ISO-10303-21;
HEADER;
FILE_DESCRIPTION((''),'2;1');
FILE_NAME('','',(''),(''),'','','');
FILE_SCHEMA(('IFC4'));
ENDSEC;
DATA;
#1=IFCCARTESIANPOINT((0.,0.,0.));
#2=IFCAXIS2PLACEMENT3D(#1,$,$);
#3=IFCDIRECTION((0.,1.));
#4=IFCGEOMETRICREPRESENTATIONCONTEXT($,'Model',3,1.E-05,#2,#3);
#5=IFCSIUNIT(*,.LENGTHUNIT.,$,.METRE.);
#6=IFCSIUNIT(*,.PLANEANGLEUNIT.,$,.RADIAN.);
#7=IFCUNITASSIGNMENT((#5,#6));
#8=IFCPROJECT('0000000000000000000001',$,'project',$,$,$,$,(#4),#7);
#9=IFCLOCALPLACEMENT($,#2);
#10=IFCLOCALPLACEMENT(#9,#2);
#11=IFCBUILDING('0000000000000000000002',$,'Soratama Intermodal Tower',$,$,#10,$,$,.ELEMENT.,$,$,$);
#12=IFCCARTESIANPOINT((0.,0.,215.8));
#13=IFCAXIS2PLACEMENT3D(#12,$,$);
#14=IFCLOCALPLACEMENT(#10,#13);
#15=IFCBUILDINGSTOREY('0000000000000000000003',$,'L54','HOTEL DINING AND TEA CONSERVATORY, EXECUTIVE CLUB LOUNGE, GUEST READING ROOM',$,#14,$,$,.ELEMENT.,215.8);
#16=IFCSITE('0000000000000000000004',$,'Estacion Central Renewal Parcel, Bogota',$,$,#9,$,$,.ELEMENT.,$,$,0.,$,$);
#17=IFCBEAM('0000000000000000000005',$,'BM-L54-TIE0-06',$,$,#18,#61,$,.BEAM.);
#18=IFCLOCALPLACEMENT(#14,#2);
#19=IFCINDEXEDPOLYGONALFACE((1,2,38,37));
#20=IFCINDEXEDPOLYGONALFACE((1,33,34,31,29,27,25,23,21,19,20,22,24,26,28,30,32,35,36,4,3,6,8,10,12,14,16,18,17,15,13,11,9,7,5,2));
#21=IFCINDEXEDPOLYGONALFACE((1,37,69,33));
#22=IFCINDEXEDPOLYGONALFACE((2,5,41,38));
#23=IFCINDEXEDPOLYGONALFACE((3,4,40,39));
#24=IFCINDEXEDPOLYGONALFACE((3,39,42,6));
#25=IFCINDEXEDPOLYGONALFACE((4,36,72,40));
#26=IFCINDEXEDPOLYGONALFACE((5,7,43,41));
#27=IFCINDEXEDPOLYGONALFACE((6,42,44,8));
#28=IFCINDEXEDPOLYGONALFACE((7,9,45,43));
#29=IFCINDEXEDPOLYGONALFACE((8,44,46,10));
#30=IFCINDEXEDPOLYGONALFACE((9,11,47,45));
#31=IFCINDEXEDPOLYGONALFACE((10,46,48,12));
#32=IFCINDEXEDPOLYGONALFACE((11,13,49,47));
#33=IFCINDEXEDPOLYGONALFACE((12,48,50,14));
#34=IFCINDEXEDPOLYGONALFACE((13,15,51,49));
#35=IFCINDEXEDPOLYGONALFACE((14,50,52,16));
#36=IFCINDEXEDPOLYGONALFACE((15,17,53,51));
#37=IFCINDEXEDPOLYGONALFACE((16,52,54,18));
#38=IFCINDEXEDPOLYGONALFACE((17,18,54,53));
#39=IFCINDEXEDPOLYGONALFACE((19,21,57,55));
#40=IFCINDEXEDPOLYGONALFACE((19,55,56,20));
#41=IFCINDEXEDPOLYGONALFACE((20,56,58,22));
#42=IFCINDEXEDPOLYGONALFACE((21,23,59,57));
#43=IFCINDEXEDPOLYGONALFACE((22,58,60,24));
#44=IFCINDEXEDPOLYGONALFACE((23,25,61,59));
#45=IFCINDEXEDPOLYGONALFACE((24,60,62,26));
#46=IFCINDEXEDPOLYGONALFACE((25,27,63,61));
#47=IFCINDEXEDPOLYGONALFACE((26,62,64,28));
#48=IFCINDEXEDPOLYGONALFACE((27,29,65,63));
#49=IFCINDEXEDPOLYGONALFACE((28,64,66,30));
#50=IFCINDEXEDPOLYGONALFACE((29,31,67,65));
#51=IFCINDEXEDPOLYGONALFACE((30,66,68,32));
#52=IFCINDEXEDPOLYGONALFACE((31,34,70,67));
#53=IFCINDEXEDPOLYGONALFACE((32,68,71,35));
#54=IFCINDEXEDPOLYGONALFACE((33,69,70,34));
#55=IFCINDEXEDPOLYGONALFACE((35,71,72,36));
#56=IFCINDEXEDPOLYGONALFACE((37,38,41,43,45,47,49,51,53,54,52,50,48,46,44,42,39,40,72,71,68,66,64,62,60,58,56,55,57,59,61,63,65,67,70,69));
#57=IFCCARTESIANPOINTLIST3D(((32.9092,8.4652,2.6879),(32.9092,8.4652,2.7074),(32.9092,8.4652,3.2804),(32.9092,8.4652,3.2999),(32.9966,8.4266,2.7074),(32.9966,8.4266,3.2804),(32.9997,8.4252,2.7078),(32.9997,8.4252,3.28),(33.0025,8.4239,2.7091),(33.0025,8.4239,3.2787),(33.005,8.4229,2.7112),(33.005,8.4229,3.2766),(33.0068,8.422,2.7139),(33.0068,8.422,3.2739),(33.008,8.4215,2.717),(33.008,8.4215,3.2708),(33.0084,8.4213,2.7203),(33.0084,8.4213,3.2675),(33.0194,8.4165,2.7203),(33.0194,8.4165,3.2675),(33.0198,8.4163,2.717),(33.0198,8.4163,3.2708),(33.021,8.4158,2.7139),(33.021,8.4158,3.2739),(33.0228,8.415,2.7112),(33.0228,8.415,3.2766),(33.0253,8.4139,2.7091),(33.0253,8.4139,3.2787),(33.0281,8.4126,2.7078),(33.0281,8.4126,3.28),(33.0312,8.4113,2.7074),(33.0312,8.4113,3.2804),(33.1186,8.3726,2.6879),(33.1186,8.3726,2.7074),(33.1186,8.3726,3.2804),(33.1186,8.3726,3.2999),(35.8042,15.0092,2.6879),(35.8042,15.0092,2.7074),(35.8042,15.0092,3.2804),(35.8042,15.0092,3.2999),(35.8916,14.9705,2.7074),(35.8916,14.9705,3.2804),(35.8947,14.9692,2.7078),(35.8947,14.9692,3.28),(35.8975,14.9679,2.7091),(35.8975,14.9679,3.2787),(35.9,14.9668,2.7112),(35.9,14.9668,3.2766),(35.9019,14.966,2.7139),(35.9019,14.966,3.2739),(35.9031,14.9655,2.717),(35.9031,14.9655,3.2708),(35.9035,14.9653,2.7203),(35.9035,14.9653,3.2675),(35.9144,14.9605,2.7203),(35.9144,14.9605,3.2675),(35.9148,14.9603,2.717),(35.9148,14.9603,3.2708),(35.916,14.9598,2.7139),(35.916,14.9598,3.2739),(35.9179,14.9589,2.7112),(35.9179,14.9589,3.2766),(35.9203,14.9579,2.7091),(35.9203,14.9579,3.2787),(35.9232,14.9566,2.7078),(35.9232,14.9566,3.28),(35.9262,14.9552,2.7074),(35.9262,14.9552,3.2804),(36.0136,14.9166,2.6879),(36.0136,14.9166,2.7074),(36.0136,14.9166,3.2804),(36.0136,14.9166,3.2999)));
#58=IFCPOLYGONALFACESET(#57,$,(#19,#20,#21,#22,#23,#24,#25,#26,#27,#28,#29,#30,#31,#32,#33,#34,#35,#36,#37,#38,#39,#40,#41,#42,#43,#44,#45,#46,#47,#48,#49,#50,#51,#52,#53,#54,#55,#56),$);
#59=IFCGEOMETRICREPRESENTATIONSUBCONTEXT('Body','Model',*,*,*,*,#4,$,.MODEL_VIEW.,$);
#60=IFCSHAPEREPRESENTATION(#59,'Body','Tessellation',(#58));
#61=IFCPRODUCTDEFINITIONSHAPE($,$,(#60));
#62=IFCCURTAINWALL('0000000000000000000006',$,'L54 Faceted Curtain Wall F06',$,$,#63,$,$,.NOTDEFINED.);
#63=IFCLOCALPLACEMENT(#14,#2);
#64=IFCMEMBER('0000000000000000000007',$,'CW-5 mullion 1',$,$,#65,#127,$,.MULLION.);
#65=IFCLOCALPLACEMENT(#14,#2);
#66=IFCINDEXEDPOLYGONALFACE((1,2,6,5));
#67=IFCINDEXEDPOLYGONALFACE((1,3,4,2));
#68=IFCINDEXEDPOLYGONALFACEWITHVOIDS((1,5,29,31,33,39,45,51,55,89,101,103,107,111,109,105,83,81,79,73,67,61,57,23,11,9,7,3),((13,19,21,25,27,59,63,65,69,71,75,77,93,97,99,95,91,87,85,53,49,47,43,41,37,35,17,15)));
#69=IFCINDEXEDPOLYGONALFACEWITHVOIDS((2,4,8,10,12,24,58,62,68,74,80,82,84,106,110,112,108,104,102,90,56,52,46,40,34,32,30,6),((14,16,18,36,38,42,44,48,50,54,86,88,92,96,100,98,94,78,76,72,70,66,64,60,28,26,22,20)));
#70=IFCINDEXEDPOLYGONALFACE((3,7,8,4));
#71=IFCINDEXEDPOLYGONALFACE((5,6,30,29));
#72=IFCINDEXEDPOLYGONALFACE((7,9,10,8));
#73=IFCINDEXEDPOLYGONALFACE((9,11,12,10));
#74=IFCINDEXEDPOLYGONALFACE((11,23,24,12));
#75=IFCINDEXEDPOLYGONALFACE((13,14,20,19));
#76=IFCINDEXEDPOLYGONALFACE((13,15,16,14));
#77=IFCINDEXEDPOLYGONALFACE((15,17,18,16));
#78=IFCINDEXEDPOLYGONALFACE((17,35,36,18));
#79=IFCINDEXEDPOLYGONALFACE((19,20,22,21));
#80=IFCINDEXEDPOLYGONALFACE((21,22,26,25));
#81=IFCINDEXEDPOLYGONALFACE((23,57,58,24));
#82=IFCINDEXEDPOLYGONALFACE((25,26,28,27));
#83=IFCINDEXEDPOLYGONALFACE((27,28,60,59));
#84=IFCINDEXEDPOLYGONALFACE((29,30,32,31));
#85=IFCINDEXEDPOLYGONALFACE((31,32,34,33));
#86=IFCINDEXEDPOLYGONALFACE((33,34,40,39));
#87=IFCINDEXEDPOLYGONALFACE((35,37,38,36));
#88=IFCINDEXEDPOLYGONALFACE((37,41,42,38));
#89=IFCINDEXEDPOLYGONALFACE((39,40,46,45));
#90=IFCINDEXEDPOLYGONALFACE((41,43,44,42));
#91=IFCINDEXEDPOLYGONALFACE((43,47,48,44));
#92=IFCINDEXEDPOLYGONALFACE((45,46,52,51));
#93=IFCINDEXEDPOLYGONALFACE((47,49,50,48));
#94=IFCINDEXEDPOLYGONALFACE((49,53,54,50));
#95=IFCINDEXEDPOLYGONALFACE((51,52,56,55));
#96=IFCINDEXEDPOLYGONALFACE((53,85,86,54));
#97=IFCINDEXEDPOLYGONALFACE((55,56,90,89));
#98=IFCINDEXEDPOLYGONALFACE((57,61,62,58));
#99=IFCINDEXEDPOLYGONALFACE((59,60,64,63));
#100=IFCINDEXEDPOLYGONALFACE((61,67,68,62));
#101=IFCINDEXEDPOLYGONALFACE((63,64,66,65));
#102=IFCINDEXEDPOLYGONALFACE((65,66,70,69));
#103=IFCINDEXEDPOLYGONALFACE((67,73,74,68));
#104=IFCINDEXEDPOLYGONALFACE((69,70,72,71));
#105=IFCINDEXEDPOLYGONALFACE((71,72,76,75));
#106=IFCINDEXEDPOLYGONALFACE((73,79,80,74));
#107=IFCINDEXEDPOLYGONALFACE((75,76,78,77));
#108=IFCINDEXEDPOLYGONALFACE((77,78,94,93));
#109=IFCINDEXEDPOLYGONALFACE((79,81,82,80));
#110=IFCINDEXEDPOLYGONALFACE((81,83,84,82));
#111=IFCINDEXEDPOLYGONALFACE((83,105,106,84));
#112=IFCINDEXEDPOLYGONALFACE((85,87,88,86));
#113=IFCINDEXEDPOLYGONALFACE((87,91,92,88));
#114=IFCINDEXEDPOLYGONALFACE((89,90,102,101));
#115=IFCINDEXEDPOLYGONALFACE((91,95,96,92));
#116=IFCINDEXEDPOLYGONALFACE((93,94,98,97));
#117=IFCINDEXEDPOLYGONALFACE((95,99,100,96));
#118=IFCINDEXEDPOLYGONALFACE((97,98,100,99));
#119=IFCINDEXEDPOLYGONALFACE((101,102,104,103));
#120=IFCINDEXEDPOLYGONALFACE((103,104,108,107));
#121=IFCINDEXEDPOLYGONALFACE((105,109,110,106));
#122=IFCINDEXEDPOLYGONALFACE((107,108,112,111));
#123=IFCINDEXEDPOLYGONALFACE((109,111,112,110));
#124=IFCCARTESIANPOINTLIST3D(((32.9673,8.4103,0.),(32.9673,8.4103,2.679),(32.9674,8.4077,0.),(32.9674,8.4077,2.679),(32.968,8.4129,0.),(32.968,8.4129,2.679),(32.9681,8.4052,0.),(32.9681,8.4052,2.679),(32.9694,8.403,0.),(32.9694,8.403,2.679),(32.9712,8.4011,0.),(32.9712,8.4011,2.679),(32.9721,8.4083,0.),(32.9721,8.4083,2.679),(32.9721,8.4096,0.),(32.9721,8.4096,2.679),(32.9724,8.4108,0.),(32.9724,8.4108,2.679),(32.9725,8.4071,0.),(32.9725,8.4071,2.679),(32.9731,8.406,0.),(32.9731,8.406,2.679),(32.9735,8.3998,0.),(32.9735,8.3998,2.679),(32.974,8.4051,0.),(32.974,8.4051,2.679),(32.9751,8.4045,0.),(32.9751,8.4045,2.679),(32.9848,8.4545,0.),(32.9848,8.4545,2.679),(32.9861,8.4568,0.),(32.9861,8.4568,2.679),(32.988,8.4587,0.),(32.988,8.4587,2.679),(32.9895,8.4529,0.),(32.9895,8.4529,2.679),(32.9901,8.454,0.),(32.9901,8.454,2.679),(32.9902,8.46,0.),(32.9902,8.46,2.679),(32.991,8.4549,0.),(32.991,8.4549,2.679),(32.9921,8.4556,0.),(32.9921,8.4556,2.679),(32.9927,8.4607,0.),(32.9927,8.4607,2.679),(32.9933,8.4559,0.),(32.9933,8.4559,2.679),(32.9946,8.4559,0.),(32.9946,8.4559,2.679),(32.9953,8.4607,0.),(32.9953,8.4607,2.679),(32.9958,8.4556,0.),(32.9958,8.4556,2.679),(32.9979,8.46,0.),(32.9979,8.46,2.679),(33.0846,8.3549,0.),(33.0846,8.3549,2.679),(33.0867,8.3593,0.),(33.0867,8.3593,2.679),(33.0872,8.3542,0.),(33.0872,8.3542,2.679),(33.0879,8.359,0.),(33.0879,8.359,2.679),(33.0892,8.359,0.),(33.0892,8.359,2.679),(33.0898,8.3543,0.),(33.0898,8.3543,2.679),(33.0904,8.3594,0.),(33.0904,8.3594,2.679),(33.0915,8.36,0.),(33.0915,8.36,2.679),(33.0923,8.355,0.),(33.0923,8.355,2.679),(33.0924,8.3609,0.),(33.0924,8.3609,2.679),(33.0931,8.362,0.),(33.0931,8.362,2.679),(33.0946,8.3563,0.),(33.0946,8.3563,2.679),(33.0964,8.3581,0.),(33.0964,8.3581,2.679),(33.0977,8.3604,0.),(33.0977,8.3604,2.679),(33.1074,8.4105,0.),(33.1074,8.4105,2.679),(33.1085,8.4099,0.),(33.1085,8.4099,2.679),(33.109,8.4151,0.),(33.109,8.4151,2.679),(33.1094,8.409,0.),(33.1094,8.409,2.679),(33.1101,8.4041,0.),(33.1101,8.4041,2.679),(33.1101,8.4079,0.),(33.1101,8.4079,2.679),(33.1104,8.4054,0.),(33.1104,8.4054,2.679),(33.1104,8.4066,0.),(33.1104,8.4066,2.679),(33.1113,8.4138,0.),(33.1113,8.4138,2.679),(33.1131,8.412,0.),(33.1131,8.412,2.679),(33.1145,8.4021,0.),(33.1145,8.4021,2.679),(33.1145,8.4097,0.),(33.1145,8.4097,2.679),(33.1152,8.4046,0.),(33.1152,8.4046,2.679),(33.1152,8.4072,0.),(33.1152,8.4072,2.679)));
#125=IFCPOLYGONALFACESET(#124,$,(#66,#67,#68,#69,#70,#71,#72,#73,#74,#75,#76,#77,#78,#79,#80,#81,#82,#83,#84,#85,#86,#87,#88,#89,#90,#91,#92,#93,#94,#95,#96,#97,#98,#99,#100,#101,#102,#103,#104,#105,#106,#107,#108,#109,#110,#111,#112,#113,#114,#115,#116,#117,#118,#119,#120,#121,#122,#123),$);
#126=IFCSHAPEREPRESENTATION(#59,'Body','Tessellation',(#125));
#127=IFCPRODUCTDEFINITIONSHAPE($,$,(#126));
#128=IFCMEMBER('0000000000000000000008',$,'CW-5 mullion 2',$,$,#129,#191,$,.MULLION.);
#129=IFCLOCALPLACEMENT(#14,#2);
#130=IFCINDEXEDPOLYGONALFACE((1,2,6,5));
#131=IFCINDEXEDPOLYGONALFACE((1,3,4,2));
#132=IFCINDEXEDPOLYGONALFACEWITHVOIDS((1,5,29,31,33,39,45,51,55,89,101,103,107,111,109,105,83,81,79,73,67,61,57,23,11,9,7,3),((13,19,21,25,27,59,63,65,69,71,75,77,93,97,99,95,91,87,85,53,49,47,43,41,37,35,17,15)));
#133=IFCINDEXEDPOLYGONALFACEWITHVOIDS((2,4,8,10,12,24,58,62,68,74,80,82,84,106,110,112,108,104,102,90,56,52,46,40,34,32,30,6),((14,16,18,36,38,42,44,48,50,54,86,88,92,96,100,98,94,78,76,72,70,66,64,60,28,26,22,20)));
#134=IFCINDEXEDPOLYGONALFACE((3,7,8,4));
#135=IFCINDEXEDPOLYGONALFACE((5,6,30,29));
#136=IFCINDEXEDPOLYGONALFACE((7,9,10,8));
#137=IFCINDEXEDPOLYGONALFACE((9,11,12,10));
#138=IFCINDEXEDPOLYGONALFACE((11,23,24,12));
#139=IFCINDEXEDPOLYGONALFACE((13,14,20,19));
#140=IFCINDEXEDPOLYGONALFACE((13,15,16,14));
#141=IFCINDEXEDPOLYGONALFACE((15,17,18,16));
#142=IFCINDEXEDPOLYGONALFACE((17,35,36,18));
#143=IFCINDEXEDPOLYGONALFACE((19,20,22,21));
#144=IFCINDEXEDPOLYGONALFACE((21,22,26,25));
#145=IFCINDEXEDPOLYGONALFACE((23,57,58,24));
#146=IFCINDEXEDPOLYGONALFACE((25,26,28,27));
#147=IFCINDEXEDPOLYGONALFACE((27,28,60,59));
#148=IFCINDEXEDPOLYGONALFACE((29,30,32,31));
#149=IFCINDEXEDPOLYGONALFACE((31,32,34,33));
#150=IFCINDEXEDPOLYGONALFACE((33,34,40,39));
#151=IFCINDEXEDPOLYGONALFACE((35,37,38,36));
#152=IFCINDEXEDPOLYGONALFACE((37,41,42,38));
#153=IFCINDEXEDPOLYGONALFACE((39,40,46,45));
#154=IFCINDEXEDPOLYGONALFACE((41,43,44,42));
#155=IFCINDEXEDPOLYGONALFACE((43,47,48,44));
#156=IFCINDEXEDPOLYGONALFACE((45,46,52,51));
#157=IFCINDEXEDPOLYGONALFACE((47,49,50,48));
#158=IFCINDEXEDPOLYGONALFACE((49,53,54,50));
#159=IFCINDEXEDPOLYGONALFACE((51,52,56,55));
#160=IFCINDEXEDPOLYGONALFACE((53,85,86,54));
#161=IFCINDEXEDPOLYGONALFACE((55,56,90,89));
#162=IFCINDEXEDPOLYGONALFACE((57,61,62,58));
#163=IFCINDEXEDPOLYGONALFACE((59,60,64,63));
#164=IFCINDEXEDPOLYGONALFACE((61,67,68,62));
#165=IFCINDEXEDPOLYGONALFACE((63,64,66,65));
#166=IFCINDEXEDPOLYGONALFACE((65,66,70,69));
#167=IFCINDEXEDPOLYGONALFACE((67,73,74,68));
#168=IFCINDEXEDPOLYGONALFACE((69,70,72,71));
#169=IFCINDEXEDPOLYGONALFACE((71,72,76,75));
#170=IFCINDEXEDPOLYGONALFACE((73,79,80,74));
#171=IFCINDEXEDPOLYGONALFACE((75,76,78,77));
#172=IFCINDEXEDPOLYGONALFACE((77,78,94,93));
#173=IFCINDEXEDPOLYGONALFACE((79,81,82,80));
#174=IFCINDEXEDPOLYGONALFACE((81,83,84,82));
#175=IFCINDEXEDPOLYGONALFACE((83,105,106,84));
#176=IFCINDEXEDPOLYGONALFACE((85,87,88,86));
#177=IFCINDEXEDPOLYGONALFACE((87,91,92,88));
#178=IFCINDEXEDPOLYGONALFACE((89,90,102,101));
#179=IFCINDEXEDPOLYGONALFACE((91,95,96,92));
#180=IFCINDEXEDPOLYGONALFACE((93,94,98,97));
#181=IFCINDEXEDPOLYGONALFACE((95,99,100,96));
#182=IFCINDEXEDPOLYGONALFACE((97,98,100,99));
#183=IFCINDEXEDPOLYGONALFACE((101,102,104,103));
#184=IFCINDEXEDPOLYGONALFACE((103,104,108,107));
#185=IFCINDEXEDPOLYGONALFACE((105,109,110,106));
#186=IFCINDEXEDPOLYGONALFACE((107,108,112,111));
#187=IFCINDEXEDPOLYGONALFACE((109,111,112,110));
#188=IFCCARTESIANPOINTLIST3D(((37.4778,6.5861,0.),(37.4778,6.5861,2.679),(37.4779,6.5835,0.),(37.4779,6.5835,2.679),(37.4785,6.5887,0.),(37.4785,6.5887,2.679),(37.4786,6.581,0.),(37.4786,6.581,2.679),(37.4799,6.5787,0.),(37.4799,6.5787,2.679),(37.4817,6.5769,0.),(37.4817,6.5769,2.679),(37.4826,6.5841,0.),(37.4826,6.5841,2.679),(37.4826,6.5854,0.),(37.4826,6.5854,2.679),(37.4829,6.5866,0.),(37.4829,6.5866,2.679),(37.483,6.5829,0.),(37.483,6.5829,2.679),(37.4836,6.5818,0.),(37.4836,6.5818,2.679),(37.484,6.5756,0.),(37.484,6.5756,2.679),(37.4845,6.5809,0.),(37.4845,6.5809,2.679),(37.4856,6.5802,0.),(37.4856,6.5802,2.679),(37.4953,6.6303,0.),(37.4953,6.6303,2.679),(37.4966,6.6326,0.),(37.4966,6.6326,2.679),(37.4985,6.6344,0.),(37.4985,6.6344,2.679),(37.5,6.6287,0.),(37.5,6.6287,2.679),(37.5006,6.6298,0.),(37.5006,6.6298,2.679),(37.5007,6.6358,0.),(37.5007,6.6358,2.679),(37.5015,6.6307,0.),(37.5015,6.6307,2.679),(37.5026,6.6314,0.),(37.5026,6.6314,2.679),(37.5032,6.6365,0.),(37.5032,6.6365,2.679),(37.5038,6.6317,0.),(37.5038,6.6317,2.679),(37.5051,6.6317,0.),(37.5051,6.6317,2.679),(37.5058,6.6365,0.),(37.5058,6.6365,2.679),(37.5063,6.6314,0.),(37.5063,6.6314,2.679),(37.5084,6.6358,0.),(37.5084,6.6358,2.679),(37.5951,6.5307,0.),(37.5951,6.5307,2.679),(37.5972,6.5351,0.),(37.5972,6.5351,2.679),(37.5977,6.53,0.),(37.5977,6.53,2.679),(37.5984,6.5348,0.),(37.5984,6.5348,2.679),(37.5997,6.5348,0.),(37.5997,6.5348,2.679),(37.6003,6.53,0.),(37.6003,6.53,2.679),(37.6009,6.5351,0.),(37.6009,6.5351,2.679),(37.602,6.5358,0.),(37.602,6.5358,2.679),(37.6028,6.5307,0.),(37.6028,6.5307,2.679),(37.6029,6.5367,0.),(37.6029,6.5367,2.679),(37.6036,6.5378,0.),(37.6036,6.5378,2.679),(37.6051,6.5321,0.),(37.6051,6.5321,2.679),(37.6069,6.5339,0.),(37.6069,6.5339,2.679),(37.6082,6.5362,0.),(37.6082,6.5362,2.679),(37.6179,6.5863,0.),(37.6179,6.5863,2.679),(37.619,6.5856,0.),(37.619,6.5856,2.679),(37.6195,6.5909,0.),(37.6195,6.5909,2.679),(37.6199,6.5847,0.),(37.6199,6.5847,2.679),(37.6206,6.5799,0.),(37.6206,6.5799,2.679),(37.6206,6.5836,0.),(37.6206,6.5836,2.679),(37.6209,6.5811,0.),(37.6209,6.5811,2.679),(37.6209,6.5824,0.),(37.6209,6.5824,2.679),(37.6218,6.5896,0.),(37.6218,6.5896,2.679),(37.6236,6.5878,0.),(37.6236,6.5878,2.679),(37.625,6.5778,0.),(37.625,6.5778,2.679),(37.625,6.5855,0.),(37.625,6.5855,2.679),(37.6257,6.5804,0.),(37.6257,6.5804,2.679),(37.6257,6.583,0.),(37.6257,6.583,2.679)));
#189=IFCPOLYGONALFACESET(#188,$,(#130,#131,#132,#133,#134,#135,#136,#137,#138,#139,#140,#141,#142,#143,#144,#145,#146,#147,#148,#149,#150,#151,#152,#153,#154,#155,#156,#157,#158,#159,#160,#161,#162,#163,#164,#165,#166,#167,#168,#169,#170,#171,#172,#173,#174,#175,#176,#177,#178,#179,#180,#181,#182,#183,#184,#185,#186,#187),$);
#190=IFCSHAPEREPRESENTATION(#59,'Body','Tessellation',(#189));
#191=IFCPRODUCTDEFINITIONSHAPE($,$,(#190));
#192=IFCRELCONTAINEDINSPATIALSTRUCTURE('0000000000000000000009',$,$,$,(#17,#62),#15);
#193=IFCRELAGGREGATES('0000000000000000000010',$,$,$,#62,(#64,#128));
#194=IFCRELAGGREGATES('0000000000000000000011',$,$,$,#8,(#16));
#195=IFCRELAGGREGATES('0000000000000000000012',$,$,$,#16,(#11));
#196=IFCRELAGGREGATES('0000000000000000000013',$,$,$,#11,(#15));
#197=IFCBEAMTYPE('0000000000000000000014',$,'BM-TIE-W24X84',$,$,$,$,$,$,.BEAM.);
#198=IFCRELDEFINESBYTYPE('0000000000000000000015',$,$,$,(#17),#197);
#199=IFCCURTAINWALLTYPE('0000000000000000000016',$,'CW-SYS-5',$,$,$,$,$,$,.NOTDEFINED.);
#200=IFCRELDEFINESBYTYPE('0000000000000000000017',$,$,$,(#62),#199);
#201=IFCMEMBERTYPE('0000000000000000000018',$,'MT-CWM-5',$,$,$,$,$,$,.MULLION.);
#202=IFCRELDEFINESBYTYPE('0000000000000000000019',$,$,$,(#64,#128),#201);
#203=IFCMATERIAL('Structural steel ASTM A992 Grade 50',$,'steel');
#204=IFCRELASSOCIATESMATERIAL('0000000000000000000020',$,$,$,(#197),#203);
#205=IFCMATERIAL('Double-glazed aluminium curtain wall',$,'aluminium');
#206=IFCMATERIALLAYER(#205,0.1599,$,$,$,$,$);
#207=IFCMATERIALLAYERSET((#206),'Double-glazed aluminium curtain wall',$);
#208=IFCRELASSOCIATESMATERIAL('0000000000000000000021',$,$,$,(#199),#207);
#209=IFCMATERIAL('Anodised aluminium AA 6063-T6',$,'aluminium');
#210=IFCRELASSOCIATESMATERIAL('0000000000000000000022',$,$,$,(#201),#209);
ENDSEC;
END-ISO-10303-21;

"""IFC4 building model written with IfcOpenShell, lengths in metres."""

from ifc_helpers import new_model, si_unit, direction, frame, origin, origin_2d, place, context, subcontext, project, spatial, hollow_rectangle, i_section, extrude, material, layer, layer_set, material_profile, profile_set, type_object, element, aggregate, save


model = new_model("IFC4")

# Units and contexts
model_context = context("Model", 3, precision=1e-05, world=origin(), true_north=direction((0.0, 1.0)))
body_context = subcontext(model_context, "Body", "Model", "MODEL_VIEW")
ifc_project = project(units=[si_unit("LENGTHUNIT", "METRE"), si_unit("PLANEANGLEUNIT", "RADIAN")], contexts=[model_context])

# Site, building, storey
site_placement = place(None, origin())
site = spatial("IfcSite", under=ifc_project, at=site_placement, Name="Estacion Central Renewal Parcel, Bogota", CompositionType="ELEMENT", RefElevation=0.0)
building_placement = place(site_placement, origin())
building = spatial("IfcBuilding", under=site, at=building_placement, Name="Soratama Intermodal Tower", CompositionType="ELEMENT")
storey_placement = place(building_placement, frame((0.0, 0.0, 215.8)))
storey = spatial("IfcBuildingStorey", under=building, at=storey_placement, Name="L54", Description="HOTEL DINING AND TEA CONSERVATORY, EXECUTIVE CLUB LOUNGE, GUEST READING ROOM", CompositionType="ELEMENT", Elevation=215.8)

# Beam
ifc_material_1 = material(Name="Structural steel ASTM A992 Grade 50", Category="steel")
ifc_material_profile_1 = material_profile(ifc_material_1, i_section(OverallWidth=0.229, OverallDepth=0.6121, WebThickness=0.012, FlangeThickness=0.0195, FilletRadius=0.0129, at=origin_2d()), Name="W24X84")
ifc_profile_set_1 = profile_set([ifc_material_profile_1], Name="Structural steel ASTM A992 Grade 50")
beam_type_1 = type_object("IfcBeamType", Name="BM-TIE-W24X84", PredefinedType="BEAM", material=ifc_profile_set_1)
beam_1_placement = place(storey_placement, frame((35.9089, 14.9629, 2.9939), z_axis=(-0.404574, -0.914505, 0.0), x_axis=(0.914505, -0.404574, 0.0)))
element("IfcBeam", 1, at=beam_1_placement, inside=storey, type_object=beam_type_1, Name="BM-L54-TIE0-06", PredefinedType="BEAM", context=body_context, shape_type="SweptSolid", body=[
    extrude(i_section(OverallWidth=0.229, OverallDepth=0.6121, WebThickness=0.012, FlangeThickness=0.0195, FilletRadius=0.0129, at=origin_2d()), origin(), (0.0, 0.0, 1.0), 7.1558),
])

# Curtain wall, members
ifc_material_2 = material(Name="Double-glazed aluminium curtain wall", Category="aluminium")
ifc_layer_1 = layer(ifc_material_2, 0.1599)
ifc_layer_set_1 = layer_set([ifc_layer_1], Name="Double-glazed aluminium curtain wall")
curtain_wall_type = type_object("IfcCurtainWallType", Name="CW-SYS-5", PredefinedType="NOTDEFINED", material=ifc_layer_set_1)
curtain_wall_placement = place(storey_placement, origin())
curtain_wall = element("IfcCurtainWall", 2, at=curtain_wall_placement, inside=storey, type_object=curtain_wall_type, Name="L54 Faceted Curtain Wall F06", PredefinedType="NOTDEFINED")
ifc_material_3 = material(Name="Anodised aluminium AA 6063-T6", Category="aluminium")
ifc_material_profile_2 = material_profile(ifc_material_3, hollow_rectangle(XDim=0.0649, YDim=0.1399, WallThickness=0.0049, InnerFilletRadius=0.0049, OuterFilletRadius=0.01, at=origin_2d()), Name="CWM140X65X5")
ifc_profile_set_2 = profile_set([ifc_material_profile_2], Name="Anodised aluminium AA 6063-T6")
member_type_1 = type_object("IfcMemberType", Name="MT-CWM-5", PredefinedType="MULLION", material=ifc_profile_set_2)
member_1_placement = place(storey_placement, frame((33.0413, 8.4075, 0.0), z_axis=(0.0, 0.0, 1.0), x_axis=(0.374935, 0.927051, 0.0)))
member_1 = element("IfcMember", 3, at=member_1_placement, type_object=member_type_1, Name="CW-5 mullion 1", PredefinedType="MULLION", context=body_context, shape_type="SweptSolid", body=[
    extrude(hollow_rectangle(XDim=0.0649, YDim=0.1399, WallThickness=0.0049, InnerFilletRadius=0.0049, OuterFilletRadius=0.01, at=origin_2d()), origin(), (0.0, 0.0, 1.0), 2.679),
])
member_2_placement = place(storey_placement, frame((37.5518, 6.5833, 0.0), z_axis=(0.0, 0.0, 1.0), x_axis=(0.374935, 0.927051, 0.0)))
member_2 = element("IfcMember", 4, at=member_2_placement, type_object=member_type_1, Name="CW-5 mullion 2", PredefinedType="MULLION", context=body_context, shape_type="SweptSolid", body=[
    extrude(hollow_rectangle(XDim=0.0649, YDim=0.1399, WallThickness=0.0049, InnerFilletRadius=0.0049, OuterFilletRadius=0.01, at=origin_2d()), origin(), (0.0, 0.0, 1.0), 2.679),
])
aggregate(curtain_wall, [member_1, member_2])

save(model, "model.ifc")
